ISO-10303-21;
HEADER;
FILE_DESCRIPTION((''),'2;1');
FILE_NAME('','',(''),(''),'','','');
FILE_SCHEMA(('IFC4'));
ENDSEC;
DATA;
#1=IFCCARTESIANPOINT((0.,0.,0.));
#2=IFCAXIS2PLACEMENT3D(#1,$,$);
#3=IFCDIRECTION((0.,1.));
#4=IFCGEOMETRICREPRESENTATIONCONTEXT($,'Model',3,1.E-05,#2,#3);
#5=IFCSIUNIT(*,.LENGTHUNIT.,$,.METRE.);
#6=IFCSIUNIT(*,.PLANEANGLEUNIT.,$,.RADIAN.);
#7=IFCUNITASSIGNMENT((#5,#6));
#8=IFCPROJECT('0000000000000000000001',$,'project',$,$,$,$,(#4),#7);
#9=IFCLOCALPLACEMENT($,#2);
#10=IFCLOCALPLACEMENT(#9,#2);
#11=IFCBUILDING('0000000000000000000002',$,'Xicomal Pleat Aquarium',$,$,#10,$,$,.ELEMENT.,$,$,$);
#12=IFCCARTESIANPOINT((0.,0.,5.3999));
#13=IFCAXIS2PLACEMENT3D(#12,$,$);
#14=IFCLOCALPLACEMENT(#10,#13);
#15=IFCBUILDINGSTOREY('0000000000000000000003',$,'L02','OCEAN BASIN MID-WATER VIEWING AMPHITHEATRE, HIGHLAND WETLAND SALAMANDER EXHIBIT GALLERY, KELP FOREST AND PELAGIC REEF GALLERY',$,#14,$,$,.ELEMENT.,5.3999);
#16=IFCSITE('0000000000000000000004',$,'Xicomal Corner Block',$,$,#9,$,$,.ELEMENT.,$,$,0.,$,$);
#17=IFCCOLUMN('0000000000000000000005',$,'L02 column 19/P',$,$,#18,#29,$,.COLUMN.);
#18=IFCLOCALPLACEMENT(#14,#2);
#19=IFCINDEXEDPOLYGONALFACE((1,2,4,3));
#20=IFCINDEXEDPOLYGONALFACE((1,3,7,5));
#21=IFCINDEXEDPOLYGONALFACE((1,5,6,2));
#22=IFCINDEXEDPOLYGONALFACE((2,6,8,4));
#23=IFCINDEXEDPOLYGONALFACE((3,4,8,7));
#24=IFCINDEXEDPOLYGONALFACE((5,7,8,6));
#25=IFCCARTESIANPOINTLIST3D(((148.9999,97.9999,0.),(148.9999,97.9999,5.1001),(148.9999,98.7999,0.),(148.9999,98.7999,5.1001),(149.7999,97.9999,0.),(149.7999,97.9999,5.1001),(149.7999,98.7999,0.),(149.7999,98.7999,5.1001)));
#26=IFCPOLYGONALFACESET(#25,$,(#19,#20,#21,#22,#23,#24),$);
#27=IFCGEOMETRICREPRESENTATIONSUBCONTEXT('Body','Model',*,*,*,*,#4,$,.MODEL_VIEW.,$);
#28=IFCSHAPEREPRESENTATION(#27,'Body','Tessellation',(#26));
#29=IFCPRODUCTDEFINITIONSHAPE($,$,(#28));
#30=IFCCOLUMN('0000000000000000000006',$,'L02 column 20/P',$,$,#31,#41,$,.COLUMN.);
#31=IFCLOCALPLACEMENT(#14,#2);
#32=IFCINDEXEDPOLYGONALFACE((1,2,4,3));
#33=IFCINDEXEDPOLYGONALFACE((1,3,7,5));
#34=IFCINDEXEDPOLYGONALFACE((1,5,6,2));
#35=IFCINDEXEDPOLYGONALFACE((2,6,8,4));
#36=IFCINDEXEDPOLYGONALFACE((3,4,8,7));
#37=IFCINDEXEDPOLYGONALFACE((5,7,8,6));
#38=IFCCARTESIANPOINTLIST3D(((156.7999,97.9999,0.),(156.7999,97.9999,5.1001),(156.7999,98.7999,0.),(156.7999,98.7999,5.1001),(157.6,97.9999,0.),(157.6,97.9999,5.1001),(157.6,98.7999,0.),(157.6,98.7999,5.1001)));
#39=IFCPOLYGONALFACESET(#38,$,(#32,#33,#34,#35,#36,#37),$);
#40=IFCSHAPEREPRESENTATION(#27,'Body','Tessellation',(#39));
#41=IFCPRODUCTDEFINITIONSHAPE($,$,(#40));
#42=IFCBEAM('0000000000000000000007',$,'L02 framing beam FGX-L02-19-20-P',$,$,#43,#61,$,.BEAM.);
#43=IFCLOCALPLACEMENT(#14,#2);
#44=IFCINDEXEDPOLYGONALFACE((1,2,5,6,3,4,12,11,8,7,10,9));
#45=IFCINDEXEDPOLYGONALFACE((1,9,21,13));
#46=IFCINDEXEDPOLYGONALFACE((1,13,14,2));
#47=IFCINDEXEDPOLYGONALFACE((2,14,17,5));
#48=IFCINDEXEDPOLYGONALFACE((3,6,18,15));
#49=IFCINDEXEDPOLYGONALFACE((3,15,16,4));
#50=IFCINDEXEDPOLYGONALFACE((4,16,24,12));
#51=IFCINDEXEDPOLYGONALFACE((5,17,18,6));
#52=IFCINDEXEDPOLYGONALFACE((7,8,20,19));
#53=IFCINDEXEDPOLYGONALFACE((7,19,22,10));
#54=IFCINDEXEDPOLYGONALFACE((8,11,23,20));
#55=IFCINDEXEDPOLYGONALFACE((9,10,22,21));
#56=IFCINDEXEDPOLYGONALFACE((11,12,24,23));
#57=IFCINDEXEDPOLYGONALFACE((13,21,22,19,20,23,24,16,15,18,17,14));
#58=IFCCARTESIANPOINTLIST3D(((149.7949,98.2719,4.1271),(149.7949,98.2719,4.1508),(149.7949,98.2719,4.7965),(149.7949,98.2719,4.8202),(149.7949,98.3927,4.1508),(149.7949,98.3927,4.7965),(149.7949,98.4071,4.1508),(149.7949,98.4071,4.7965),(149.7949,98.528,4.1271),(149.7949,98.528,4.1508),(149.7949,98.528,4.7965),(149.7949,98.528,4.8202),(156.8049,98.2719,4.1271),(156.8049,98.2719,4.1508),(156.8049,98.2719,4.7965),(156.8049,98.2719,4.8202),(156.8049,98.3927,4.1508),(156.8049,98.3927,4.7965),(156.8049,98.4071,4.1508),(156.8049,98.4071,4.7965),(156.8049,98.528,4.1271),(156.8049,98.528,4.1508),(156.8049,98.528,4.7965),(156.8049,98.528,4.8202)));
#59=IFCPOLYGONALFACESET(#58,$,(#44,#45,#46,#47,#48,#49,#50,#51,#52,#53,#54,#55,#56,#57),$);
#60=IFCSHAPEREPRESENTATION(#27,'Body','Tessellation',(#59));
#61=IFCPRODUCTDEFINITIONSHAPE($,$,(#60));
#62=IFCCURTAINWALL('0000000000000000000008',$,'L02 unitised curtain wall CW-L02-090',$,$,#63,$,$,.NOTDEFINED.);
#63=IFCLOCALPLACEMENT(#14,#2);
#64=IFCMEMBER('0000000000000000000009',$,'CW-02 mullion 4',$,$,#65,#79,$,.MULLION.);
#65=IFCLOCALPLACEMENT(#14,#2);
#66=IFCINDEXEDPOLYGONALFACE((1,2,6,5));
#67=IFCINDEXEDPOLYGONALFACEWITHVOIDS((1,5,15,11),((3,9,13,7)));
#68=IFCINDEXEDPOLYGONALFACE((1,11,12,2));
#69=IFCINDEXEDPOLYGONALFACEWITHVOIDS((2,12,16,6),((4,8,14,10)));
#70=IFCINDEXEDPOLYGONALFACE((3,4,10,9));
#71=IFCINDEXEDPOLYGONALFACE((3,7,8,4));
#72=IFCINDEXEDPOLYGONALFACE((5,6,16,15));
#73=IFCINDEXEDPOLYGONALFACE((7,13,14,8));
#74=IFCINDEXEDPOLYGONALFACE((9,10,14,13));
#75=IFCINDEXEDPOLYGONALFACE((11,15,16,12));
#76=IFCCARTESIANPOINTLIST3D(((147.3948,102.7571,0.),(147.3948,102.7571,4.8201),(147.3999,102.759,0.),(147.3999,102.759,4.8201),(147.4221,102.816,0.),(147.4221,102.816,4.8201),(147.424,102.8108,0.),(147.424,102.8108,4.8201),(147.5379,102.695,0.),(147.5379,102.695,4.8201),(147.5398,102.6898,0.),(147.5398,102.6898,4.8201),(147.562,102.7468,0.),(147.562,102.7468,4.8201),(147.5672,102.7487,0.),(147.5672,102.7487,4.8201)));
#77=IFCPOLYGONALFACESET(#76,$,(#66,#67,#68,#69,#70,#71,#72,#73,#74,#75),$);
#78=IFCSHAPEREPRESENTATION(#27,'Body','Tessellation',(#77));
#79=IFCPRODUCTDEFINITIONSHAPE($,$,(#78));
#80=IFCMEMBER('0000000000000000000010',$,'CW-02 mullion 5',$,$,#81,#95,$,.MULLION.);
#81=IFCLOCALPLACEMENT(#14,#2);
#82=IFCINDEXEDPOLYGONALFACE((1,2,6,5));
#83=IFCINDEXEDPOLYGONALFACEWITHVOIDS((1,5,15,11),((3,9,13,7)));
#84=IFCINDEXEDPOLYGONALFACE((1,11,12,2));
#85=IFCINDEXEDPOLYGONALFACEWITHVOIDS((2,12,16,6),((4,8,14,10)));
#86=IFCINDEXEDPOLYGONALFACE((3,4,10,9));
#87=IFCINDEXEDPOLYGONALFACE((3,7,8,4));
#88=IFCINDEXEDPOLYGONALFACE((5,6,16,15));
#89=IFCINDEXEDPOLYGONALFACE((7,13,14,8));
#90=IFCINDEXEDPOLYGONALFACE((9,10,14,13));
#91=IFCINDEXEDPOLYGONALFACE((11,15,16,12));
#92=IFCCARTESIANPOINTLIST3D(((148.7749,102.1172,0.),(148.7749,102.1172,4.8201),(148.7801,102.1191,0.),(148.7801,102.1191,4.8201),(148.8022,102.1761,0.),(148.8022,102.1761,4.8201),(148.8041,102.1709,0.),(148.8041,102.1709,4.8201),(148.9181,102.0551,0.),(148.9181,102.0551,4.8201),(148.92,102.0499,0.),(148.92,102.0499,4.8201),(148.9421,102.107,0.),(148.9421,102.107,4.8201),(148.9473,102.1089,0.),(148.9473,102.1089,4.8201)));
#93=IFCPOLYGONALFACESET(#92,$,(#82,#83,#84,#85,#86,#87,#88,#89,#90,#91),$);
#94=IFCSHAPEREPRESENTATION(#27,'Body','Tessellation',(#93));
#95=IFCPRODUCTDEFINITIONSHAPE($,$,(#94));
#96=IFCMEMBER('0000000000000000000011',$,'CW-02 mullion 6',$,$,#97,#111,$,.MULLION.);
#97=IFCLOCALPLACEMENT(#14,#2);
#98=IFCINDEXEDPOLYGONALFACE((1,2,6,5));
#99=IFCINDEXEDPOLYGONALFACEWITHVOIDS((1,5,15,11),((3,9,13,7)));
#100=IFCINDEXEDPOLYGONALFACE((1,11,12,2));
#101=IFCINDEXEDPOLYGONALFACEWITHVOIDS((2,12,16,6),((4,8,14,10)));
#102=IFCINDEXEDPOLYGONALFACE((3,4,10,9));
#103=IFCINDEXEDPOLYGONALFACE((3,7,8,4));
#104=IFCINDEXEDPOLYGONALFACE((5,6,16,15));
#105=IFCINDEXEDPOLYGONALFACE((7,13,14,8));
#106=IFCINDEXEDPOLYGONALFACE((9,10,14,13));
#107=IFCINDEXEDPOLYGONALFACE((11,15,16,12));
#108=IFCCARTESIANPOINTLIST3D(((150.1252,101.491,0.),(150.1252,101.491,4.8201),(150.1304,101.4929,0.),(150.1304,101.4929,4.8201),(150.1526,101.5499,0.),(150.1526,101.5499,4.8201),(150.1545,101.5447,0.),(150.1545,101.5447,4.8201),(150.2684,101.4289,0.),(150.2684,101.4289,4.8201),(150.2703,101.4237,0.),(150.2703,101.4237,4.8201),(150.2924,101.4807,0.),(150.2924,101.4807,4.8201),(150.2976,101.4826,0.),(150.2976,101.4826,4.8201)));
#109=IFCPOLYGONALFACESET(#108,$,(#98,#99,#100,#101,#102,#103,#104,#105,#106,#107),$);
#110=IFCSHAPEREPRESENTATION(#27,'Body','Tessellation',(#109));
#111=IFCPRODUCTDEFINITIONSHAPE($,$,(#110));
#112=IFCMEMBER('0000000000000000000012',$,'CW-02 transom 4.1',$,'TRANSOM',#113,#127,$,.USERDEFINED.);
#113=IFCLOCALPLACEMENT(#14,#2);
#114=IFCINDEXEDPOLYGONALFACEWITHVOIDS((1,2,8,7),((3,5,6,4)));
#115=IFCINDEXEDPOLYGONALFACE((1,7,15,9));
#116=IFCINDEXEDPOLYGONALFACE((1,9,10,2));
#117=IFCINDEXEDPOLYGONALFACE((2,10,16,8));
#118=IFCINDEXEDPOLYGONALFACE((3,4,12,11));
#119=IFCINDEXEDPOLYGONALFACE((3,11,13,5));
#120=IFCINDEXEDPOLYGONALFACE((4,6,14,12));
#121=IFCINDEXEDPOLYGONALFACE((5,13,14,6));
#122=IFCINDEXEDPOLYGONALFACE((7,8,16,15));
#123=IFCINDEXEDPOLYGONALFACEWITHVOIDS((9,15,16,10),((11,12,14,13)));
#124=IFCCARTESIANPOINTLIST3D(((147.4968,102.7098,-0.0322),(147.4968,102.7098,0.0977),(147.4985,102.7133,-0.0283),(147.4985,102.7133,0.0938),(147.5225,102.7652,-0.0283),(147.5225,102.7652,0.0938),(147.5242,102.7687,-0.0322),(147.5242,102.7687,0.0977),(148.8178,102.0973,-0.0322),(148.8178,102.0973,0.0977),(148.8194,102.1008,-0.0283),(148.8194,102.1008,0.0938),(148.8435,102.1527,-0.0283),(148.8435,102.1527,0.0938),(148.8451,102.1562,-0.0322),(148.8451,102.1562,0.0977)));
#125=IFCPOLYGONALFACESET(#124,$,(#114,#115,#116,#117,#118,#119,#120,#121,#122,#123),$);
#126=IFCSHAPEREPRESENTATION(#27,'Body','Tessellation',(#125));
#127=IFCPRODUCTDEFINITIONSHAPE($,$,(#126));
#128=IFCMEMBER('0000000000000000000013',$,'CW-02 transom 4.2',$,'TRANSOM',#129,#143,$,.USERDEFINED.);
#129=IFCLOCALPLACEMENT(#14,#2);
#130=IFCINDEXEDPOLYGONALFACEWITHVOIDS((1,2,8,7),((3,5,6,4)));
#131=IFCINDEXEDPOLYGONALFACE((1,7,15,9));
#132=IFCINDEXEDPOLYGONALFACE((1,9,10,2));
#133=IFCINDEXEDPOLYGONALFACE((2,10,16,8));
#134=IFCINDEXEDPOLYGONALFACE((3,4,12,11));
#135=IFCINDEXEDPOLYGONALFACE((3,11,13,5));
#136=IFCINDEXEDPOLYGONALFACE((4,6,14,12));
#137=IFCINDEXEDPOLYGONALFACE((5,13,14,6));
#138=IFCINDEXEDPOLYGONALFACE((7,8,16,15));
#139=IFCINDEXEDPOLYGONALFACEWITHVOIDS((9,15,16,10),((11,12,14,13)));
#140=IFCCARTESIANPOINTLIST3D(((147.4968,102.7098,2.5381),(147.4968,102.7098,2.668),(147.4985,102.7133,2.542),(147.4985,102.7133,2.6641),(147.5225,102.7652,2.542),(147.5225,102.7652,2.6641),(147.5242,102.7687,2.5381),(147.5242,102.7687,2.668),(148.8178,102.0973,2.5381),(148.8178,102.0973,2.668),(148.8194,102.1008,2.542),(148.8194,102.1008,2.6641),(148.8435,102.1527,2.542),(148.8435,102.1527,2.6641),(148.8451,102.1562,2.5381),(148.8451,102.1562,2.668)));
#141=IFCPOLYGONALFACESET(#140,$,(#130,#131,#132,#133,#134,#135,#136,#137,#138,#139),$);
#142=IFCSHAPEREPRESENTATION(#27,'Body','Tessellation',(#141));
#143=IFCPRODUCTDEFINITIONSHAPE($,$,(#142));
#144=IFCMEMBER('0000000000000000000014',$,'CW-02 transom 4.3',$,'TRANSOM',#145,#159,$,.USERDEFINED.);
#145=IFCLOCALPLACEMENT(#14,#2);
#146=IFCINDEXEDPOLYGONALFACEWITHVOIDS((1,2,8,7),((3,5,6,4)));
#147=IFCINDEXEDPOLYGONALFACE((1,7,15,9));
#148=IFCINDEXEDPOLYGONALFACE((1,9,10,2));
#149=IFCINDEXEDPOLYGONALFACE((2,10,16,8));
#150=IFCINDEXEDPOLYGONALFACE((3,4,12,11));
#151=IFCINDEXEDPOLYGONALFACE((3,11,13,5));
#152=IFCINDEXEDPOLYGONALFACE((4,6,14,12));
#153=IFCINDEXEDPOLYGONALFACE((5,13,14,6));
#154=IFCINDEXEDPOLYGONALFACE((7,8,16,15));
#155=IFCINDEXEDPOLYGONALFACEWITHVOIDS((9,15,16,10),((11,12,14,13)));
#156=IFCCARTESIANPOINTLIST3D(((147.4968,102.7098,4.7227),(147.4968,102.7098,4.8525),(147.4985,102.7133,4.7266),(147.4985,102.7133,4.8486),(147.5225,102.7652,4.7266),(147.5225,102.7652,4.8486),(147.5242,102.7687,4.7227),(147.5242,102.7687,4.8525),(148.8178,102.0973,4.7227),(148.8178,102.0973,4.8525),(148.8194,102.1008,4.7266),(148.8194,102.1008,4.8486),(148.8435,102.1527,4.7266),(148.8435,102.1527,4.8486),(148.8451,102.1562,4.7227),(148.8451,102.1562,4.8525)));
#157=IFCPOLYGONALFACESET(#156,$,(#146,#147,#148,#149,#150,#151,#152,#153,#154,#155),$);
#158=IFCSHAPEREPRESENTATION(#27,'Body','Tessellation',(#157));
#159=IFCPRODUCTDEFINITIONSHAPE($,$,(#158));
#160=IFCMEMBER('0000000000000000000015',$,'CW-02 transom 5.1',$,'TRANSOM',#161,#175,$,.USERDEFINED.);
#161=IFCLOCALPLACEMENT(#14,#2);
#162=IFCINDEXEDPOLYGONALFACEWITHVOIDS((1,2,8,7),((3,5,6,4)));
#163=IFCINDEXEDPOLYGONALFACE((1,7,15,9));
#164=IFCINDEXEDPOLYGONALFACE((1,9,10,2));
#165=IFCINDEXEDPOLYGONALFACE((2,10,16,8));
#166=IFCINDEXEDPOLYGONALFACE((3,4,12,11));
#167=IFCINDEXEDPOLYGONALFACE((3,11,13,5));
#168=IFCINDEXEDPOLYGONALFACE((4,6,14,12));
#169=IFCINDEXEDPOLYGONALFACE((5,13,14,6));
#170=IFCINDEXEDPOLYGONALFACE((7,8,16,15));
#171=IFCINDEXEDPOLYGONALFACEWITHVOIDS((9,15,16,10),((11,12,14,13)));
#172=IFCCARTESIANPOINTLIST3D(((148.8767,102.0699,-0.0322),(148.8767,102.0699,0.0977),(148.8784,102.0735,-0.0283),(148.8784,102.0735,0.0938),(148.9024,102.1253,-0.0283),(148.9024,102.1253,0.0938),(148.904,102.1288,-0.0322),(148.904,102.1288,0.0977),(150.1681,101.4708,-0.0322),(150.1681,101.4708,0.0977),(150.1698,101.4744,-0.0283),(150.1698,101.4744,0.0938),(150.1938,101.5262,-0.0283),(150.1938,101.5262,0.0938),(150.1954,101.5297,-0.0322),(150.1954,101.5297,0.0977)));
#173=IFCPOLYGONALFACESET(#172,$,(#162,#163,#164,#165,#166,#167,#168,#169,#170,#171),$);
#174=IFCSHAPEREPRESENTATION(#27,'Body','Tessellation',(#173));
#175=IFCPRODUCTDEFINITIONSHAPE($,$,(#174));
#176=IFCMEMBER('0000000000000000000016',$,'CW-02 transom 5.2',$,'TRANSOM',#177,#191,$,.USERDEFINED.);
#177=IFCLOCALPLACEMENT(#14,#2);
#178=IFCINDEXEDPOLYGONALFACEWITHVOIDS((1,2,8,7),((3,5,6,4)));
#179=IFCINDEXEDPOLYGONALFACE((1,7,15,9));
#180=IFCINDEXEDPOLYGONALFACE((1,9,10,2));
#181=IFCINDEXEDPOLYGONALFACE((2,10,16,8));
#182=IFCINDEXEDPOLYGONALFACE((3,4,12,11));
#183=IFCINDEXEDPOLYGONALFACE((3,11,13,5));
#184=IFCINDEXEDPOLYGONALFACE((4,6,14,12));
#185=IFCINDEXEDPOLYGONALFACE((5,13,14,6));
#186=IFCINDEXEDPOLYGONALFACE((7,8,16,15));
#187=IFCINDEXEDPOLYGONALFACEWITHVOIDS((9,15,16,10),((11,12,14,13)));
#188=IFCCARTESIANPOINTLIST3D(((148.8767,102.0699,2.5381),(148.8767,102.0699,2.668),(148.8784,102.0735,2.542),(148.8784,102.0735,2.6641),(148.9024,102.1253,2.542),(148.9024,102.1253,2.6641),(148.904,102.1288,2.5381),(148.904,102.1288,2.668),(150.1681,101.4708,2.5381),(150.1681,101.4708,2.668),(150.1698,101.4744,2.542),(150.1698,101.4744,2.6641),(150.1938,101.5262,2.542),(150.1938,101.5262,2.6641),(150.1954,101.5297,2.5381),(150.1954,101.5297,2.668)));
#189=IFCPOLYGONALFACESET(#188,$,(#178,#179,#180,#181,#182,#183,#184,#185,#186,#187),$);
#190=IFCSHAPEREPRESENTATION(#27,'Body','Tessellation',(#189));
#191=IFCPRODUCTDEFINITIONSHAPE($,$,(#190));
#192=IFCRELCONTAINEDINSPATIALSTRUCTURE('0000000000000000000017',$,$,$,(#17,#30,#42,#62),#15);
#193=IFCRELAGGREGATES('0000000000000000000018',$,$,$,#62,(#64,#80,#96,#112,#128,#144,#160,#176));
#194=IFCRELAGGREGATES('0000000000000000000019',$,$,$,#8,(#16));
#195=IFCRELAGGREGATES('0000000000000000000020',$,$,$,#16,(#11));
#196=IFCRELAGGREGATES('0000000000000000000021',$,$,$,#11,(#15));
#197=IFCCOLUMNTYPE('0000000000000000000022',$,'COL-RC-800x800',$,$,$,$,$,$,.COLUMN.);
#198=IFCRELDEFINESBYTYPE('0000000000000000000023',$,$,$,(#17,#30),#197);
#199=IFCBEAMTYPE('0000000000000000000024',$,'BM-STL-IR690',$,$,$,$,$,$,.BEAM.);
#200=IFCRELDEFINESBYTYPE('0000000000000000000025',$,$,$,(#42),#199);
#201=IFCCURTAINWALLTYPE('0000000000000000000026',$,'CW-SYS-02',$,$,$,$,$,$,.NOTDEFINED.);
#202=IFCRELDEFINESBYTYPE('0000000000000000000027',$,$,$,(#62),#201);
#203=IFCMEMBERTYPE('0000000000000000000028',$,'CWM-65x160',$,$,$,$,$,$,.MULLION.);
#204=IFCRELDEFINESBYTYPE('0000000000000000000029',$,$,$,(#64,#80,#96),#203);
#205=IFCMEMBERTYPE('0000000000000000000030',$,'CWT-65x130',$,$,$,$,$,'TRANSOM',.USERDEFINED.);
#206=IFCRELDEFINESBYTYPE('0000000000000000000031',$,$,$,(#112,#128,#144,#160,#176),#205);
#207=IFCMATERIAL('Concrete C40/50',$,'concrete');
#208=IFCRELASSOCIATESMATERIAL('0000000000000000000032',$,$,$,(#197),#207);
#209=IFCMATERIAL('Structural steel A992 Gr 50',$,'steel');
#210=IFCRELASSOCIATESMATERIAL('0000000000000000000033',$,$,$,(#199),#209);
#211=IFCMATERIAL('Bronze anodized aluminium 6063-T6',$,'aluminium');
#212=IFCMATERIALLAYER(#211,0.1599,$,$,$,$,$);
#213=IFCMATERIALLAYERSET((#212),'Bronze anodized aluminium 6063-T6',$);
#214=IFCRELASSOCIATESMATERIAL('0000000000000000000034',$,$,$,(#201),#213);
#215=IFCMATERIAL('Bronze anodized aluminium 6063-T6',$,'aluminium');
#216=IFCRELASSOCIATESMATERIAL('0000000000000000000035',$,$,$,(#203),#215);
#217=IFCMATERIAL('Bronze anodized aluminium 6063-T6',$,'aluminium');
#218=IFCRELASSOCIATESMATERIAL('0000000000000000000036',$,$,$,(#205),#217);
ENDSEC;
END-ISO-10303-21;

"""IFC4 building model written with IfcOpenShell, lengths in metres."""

from ifc_helpers import new_model, si_unit, direction, frame, origin, origin_2d, place, context, subcontext, project, spatial, rectangle, hollow_rectangle, i_section, extrude, material, layer, layer_set, material_profile, profile_set, type_object, element, aggregate, save


model = new_model("IFC4")

# Units and contexts
model_context = context("Model", 3, precision=1e-05, world=origin(), true_north=direction((0.0, 1.0)))
body_context = subcontext(model_context, "Body", "Model", "MODEL_VIEW")
ifc_project = project(units=[si_unit("LENGTHUNIT", "METRE"), si_unit("PLANEANGLEUNIT", "RADIAN")], contexts=[model_context])

# Site, building, storey
site_placement = place(None, origin())
site = spatial("IfcSite", under=ifc_project, at=site_placement, Name="Xicomal Corner Block", CompositionType="ELEMENT", RefElevation=0.0)
building_placement = place(site_placement, origin())
building = spatial("IfcBuilding", under=site, at=building_placement, Name="Xicomal Pleat Aquarium", CompositionType="ELEMENT")
storey_placement = place(building_placement, frame((0.0, 0.0, 5.3999)))
storey = spatial("IfcBuildingStorey", under=building, at=storey_placement, Name="L02", Description="OCEAN BASIN MID-WATER VIEWING AMPHITHEATRE, HIGHLAND WETLAND SALAMANDER EXHIBIT GALLERY, KELP FOREST AND PELAGIC REEF GALLERY", CompositionType="ELEMENT", Elevation=5.3999)

# Columns
ifc_material_1 = material(Name="Concrete C40/50", Category="concrete")
ifc_material_profile_1 = material_profile(ifc_material_1, rectangle(XDim=0.8, YDim=0.8, at=origin_2d()), Name="RC 800x800")
ifc_profile_set_1 = profile_set([ifc_material_profile_1], Name="Concrete C40/50")
column_type = type_object("IfcColumnType", Name="COL-RC-800x800", PredefinedType="COLUMN", material=ifc_profile_set_1)
for number, where, z_axis, x_axis, name in (
    (1, (149.3999, 98.3999, 0.0), (0.0, 0.0, 1.0), (1.0, 0.0, 0.0), "L02 column 19/P"),
    (2, (157.2, 98.3999, 0.0), (0.0, 0.0, 1.0), (1.0, 0.0, 0.0), "L02 column 20/P"),
):
    element("IfcColumn", number, at=place(storey_placement, frame(where, z_axis=z_axis, x_axis=x_axis)), inside=storey, type_object=column_type, Name=name, PredefinedType="COLUMN", context=body_context, shape_type="SweptSolid", body=[
        extrude(rectangle(XDim=0.8, YDim=0.8, at=origin_2d()), origin(), (0.0, 0.0, 1.0), 5.1001),
    ])

# Beam
ifc_material_2 = material(Name="Structural steel A992 Gr 50", Category="steel")
ifc_material_profile_2 = material_profile(ifc_material_2, i_section(OverallWidth=0.2561, OverallDepth=0.6931, WebThickness=0.0144, FlangeThickness=0.0237, at=origin_2d()), Name="IR 690x170")
ifc_profile_set_2 = profile_set([ifc_material_profile_2], Name="Structural steel A992 Gr 50")
beam_type = type_object("IfcBeamType", Name="BM-STL-IR690", PredefinedType="BEAM", material=ifc_profile_set_2)
beam_placement = place(storey_placement, frame((149.7949, 98.3999, 4.4736), z_axis=(1.0, 0.0, 0.0), x_axis=(0.0, 1.0, 0.0)))
element("IfcBeam", 3, at=beam_placement, inside=storey, type_object=beam_type, Name="L02 framing beam FGX-L02-19-20-P", PredefinedType="BEAM", context=body_context, shape_type="SweptSolid", body=[
    extrude(i_section(OverallWidth=0.2561, OverallDepth=0.6931, WebThickness=0.0144, FlangeThickness=0.0237, at=origin_2d()), origin(), (0.0, 0.0, 1.0), 7.01),
])

# Curtain wall, members
ifc_material_3 = material(Name="Bronze anodized aluminium 6063-T6", Category="aluminium")
ifc_layer_1 = layer(ifc_material_3, 0.1599)
ifc_layer_set_1 = layer_set([ifc_layer_1], Name="Bronze anodized aluminium 6063-T6")
curtain_wall_type = type_object("IfcCurtainWallType", Name="CW-SYS-02", PredefinedType="NOTDEFINED", material=ifc_layer_set_1)
curtain_wall_placement = place(storey_placement, origin())
curtain_wall = element("IfcCurtainWall", 4, at=curtain_wall_placement, inside=storey, type_object=curtain_wall_type, Name="L02 unitised curtain wall CW-L02-090", PredefinedType="NOTDEFINED")
ifc_material_4 = material(Name="Bronze anodized aluminium 6063-T6", Category="aluminium")
ifc_material_profile_3 = material_profile(ifc_material_4, hollow_rectangle(XDim=0.0649, YDim=0.1599, WallThickness=0.0039, at=origin_2d()), Name="ALU MULL 65x160")
ifc_profile_set_3 = profile_set([ifc_material_profile_3], Name="Bronze anodized aluminium 6063-T6")
member_type_1 = type_object("IfcMemberType", Name="CWM-65x160", PredefinedType="MULLION", material=ifc_profile_set_3)
member_1_placement = place(storey_placement, frame((147.481, 102.7529, 0.0), z_axis=(0.0, 0.0, 1.0), x_axis=(0.420725, 0.907188, 0.0)))
member_1 = element("IfcMember", 5, at=member_1_placement, type_object=member_type_1, Name="CW-02 mullion 4", PredefinedType="MULLION", context=body_context, shape_type="SweptSolid", body=[
    extrude(hollow_rectangle(XDim=0.0649, YDim=0.1599, WallThickness=0.0039, at=origin_2d()), origin(), (0.0, 0.0, 1.0), 4.8201),
])
member_2_placement = place(storey_placement, frame((148.8611, 102.113, 0.0), z_axis=(0.0, 0.0, 1.0), x_axis=(0.420725, 0.907188, 0.0)))
member_2 = element("IfcMember", 6, at=member_2_placement, type_object=member_type_1, Name="CW-02 mullion 5", PredefinedType="MULLION", context=body_context, shape_type="SweptSolid", body=[
    extrude(hollow_rectangle(XDim=0.0649, YDim=0.1599, WallThickness=0.0039, at=origin_2d()), origin(), (0.0, 0.0, 1.0), 4.8201),
])
member_3_placement = place(storey_placement, frame((150.2114, 101.4868, 0.0), z_axis=(0.0, 0.0, 1.0), x_axis=(0.420725, 0.907188, 0.0)))
member_3 = element("IfcMember", 7, at=member_3_placement, type_object=member_type_1, Name="CW-02 mullion 6", PredefinedType="MULLION", context=body_context, shape_type="SweptSolid", body=[
    extrude(hollow_rectangle(XDim=0.0649, YDim=0.1599, WallThickness=0.0039, at=origin_2d()), origin(), (0.0, 0.0, 1.0), 4.8201),
])
ifc_material_5 = material(Name="Bronze anodized aluminium 6063-T6", Category="aluminium")
ifc_material_profile_4 = material_profile(ifc_material_5, hollow_rectangle(XDim=0.0649, YDim=0.1299, WallThickness=0.0039, at=origin_2d()), Name="ALU TRAN 65x130")
ifc_profile_set_4 = profile_set([ifc_material_profile_4], Name="Bronze anodized aluminium 6063-T6")
member_type_2 = type_object("IfcMemberType", Name="CWT-65x130", ElementType="TRANSOM", PredefinedType="USERDEFINED", material=ifc_profile_set_4)
member_4_placement = place(storey_placement, frame((147.5105, 102.7393, 0.0327), z_axis=(0.907217, -0.420663, 0.0), x_axis=(0.420663, 0.907217, 0.0)))
member_4 = element("IfcMember", 8, at=member_4_placement, type_object=member_type_2, Name="CW-02 transom 4.1", ObjectType="TRANSOM", PredefinedType="USERDEFINED", context=body_context, shape_type="SweptSolid", body=[
    extrude(hollow_rectangle(XDim=0.0649, YDim=0.1299, WallThickness=0.0039, at=origin_2d()), origin(), (0.0, 0.0, 1.0), 1.4561),
])
member_5_placement = place(storey_placement, frame((147.5105, 102.7393, 2.603), z_axis=(0.907217, -0.420663, 0.0), x_axis=(0.420663, 0.907217, 0.0)))
member_5 = element("IfcMember", 9, at=member_5_placement, type_object=member_type_2, Name="CW-02 transom 4.2", ObjectType="TRANSOM", PredefinedType="USERDEFINED", context=body_context, shape_type="SweptSolid", body=[
    extrude(hollow_rectangle(XDim=0.0649, YDim=0.1299, WallThickness=0.0039, at=origin_2d()), origin(), (0.0, 0.0, 1.0), 1.4561),
])
member_6_placement = place(storey_placement, frame((147.5105, 102.7393, 4.7876), z_axis=(0.907217, -0.420663, 0.0), x_axis=(0.420663, 0.907217, 0.0)))
member_6 = element("IfcMember", 10, at=member_6_placement, type_object=member_type_2, Name="CW-02 transom 4.3", ObjectType="TRANSOM", PredefinedType="USERDEFINED", context=body_context, shape_type="SweptSolid", body=[
    extrude(hollow_rectangle(XDim=0.0649, YDim=0.1299, WallThickness=0.0039, at=origin_2d()), origin(), (0.0, 0.0, 1.0), 1.4561),
])
member_7_placement = place(storey_placement, frame((148.8904, 102.0994, 0.0327), z_axis=(0.907145, -0.420819, 0.0), x_axis=(0.420819, 0.907145, 0.0)))
member_7 = element("IfcMember", 11, at=member_7_placement, type_object=member_type_2, Name="CW-02 transom 5.1", ObjectType="TRANSOM", PredefinedType="USERDEFINED", context=body_context, shape_type="SweptSolid", body=[
    extrude(hollow_rectangle(XDim=0.0649, YDim=0.1299, WallThickness=0.0039, at=origin_2d()), origin(), (0.0, 0.0, 1.0), 1.4236),
])
member_8_placement = place(storey_placement, frame((148.8904, 102.0994, 2.603), z_axis=(0.907145, -0.420819, 0.0), x_axis=(0.420819, 0.907145, 0.0)))
member_8 = element("IfcMember", 12, at=member_8_placement, type_object=member_type_2, Name="CW-02 transom 5.2", ObjectType="TRANSOM", PredefinedType="USERDEFINED", context=body_context, shape_type="SweptSolid", body=[
    extrude(hollow_rectangle(XDim=0.0649, YDim=0.1299, WallThickness=0.0039, at=origin_2d()), origin(), (0.0, 0.0, 1.0), 1.4236),
])
aggregate(curtain_wall, [member_1, member_2, member_3, member_4, member_5, member_6, member_7, member_8])

save(model, "model.ifc")
